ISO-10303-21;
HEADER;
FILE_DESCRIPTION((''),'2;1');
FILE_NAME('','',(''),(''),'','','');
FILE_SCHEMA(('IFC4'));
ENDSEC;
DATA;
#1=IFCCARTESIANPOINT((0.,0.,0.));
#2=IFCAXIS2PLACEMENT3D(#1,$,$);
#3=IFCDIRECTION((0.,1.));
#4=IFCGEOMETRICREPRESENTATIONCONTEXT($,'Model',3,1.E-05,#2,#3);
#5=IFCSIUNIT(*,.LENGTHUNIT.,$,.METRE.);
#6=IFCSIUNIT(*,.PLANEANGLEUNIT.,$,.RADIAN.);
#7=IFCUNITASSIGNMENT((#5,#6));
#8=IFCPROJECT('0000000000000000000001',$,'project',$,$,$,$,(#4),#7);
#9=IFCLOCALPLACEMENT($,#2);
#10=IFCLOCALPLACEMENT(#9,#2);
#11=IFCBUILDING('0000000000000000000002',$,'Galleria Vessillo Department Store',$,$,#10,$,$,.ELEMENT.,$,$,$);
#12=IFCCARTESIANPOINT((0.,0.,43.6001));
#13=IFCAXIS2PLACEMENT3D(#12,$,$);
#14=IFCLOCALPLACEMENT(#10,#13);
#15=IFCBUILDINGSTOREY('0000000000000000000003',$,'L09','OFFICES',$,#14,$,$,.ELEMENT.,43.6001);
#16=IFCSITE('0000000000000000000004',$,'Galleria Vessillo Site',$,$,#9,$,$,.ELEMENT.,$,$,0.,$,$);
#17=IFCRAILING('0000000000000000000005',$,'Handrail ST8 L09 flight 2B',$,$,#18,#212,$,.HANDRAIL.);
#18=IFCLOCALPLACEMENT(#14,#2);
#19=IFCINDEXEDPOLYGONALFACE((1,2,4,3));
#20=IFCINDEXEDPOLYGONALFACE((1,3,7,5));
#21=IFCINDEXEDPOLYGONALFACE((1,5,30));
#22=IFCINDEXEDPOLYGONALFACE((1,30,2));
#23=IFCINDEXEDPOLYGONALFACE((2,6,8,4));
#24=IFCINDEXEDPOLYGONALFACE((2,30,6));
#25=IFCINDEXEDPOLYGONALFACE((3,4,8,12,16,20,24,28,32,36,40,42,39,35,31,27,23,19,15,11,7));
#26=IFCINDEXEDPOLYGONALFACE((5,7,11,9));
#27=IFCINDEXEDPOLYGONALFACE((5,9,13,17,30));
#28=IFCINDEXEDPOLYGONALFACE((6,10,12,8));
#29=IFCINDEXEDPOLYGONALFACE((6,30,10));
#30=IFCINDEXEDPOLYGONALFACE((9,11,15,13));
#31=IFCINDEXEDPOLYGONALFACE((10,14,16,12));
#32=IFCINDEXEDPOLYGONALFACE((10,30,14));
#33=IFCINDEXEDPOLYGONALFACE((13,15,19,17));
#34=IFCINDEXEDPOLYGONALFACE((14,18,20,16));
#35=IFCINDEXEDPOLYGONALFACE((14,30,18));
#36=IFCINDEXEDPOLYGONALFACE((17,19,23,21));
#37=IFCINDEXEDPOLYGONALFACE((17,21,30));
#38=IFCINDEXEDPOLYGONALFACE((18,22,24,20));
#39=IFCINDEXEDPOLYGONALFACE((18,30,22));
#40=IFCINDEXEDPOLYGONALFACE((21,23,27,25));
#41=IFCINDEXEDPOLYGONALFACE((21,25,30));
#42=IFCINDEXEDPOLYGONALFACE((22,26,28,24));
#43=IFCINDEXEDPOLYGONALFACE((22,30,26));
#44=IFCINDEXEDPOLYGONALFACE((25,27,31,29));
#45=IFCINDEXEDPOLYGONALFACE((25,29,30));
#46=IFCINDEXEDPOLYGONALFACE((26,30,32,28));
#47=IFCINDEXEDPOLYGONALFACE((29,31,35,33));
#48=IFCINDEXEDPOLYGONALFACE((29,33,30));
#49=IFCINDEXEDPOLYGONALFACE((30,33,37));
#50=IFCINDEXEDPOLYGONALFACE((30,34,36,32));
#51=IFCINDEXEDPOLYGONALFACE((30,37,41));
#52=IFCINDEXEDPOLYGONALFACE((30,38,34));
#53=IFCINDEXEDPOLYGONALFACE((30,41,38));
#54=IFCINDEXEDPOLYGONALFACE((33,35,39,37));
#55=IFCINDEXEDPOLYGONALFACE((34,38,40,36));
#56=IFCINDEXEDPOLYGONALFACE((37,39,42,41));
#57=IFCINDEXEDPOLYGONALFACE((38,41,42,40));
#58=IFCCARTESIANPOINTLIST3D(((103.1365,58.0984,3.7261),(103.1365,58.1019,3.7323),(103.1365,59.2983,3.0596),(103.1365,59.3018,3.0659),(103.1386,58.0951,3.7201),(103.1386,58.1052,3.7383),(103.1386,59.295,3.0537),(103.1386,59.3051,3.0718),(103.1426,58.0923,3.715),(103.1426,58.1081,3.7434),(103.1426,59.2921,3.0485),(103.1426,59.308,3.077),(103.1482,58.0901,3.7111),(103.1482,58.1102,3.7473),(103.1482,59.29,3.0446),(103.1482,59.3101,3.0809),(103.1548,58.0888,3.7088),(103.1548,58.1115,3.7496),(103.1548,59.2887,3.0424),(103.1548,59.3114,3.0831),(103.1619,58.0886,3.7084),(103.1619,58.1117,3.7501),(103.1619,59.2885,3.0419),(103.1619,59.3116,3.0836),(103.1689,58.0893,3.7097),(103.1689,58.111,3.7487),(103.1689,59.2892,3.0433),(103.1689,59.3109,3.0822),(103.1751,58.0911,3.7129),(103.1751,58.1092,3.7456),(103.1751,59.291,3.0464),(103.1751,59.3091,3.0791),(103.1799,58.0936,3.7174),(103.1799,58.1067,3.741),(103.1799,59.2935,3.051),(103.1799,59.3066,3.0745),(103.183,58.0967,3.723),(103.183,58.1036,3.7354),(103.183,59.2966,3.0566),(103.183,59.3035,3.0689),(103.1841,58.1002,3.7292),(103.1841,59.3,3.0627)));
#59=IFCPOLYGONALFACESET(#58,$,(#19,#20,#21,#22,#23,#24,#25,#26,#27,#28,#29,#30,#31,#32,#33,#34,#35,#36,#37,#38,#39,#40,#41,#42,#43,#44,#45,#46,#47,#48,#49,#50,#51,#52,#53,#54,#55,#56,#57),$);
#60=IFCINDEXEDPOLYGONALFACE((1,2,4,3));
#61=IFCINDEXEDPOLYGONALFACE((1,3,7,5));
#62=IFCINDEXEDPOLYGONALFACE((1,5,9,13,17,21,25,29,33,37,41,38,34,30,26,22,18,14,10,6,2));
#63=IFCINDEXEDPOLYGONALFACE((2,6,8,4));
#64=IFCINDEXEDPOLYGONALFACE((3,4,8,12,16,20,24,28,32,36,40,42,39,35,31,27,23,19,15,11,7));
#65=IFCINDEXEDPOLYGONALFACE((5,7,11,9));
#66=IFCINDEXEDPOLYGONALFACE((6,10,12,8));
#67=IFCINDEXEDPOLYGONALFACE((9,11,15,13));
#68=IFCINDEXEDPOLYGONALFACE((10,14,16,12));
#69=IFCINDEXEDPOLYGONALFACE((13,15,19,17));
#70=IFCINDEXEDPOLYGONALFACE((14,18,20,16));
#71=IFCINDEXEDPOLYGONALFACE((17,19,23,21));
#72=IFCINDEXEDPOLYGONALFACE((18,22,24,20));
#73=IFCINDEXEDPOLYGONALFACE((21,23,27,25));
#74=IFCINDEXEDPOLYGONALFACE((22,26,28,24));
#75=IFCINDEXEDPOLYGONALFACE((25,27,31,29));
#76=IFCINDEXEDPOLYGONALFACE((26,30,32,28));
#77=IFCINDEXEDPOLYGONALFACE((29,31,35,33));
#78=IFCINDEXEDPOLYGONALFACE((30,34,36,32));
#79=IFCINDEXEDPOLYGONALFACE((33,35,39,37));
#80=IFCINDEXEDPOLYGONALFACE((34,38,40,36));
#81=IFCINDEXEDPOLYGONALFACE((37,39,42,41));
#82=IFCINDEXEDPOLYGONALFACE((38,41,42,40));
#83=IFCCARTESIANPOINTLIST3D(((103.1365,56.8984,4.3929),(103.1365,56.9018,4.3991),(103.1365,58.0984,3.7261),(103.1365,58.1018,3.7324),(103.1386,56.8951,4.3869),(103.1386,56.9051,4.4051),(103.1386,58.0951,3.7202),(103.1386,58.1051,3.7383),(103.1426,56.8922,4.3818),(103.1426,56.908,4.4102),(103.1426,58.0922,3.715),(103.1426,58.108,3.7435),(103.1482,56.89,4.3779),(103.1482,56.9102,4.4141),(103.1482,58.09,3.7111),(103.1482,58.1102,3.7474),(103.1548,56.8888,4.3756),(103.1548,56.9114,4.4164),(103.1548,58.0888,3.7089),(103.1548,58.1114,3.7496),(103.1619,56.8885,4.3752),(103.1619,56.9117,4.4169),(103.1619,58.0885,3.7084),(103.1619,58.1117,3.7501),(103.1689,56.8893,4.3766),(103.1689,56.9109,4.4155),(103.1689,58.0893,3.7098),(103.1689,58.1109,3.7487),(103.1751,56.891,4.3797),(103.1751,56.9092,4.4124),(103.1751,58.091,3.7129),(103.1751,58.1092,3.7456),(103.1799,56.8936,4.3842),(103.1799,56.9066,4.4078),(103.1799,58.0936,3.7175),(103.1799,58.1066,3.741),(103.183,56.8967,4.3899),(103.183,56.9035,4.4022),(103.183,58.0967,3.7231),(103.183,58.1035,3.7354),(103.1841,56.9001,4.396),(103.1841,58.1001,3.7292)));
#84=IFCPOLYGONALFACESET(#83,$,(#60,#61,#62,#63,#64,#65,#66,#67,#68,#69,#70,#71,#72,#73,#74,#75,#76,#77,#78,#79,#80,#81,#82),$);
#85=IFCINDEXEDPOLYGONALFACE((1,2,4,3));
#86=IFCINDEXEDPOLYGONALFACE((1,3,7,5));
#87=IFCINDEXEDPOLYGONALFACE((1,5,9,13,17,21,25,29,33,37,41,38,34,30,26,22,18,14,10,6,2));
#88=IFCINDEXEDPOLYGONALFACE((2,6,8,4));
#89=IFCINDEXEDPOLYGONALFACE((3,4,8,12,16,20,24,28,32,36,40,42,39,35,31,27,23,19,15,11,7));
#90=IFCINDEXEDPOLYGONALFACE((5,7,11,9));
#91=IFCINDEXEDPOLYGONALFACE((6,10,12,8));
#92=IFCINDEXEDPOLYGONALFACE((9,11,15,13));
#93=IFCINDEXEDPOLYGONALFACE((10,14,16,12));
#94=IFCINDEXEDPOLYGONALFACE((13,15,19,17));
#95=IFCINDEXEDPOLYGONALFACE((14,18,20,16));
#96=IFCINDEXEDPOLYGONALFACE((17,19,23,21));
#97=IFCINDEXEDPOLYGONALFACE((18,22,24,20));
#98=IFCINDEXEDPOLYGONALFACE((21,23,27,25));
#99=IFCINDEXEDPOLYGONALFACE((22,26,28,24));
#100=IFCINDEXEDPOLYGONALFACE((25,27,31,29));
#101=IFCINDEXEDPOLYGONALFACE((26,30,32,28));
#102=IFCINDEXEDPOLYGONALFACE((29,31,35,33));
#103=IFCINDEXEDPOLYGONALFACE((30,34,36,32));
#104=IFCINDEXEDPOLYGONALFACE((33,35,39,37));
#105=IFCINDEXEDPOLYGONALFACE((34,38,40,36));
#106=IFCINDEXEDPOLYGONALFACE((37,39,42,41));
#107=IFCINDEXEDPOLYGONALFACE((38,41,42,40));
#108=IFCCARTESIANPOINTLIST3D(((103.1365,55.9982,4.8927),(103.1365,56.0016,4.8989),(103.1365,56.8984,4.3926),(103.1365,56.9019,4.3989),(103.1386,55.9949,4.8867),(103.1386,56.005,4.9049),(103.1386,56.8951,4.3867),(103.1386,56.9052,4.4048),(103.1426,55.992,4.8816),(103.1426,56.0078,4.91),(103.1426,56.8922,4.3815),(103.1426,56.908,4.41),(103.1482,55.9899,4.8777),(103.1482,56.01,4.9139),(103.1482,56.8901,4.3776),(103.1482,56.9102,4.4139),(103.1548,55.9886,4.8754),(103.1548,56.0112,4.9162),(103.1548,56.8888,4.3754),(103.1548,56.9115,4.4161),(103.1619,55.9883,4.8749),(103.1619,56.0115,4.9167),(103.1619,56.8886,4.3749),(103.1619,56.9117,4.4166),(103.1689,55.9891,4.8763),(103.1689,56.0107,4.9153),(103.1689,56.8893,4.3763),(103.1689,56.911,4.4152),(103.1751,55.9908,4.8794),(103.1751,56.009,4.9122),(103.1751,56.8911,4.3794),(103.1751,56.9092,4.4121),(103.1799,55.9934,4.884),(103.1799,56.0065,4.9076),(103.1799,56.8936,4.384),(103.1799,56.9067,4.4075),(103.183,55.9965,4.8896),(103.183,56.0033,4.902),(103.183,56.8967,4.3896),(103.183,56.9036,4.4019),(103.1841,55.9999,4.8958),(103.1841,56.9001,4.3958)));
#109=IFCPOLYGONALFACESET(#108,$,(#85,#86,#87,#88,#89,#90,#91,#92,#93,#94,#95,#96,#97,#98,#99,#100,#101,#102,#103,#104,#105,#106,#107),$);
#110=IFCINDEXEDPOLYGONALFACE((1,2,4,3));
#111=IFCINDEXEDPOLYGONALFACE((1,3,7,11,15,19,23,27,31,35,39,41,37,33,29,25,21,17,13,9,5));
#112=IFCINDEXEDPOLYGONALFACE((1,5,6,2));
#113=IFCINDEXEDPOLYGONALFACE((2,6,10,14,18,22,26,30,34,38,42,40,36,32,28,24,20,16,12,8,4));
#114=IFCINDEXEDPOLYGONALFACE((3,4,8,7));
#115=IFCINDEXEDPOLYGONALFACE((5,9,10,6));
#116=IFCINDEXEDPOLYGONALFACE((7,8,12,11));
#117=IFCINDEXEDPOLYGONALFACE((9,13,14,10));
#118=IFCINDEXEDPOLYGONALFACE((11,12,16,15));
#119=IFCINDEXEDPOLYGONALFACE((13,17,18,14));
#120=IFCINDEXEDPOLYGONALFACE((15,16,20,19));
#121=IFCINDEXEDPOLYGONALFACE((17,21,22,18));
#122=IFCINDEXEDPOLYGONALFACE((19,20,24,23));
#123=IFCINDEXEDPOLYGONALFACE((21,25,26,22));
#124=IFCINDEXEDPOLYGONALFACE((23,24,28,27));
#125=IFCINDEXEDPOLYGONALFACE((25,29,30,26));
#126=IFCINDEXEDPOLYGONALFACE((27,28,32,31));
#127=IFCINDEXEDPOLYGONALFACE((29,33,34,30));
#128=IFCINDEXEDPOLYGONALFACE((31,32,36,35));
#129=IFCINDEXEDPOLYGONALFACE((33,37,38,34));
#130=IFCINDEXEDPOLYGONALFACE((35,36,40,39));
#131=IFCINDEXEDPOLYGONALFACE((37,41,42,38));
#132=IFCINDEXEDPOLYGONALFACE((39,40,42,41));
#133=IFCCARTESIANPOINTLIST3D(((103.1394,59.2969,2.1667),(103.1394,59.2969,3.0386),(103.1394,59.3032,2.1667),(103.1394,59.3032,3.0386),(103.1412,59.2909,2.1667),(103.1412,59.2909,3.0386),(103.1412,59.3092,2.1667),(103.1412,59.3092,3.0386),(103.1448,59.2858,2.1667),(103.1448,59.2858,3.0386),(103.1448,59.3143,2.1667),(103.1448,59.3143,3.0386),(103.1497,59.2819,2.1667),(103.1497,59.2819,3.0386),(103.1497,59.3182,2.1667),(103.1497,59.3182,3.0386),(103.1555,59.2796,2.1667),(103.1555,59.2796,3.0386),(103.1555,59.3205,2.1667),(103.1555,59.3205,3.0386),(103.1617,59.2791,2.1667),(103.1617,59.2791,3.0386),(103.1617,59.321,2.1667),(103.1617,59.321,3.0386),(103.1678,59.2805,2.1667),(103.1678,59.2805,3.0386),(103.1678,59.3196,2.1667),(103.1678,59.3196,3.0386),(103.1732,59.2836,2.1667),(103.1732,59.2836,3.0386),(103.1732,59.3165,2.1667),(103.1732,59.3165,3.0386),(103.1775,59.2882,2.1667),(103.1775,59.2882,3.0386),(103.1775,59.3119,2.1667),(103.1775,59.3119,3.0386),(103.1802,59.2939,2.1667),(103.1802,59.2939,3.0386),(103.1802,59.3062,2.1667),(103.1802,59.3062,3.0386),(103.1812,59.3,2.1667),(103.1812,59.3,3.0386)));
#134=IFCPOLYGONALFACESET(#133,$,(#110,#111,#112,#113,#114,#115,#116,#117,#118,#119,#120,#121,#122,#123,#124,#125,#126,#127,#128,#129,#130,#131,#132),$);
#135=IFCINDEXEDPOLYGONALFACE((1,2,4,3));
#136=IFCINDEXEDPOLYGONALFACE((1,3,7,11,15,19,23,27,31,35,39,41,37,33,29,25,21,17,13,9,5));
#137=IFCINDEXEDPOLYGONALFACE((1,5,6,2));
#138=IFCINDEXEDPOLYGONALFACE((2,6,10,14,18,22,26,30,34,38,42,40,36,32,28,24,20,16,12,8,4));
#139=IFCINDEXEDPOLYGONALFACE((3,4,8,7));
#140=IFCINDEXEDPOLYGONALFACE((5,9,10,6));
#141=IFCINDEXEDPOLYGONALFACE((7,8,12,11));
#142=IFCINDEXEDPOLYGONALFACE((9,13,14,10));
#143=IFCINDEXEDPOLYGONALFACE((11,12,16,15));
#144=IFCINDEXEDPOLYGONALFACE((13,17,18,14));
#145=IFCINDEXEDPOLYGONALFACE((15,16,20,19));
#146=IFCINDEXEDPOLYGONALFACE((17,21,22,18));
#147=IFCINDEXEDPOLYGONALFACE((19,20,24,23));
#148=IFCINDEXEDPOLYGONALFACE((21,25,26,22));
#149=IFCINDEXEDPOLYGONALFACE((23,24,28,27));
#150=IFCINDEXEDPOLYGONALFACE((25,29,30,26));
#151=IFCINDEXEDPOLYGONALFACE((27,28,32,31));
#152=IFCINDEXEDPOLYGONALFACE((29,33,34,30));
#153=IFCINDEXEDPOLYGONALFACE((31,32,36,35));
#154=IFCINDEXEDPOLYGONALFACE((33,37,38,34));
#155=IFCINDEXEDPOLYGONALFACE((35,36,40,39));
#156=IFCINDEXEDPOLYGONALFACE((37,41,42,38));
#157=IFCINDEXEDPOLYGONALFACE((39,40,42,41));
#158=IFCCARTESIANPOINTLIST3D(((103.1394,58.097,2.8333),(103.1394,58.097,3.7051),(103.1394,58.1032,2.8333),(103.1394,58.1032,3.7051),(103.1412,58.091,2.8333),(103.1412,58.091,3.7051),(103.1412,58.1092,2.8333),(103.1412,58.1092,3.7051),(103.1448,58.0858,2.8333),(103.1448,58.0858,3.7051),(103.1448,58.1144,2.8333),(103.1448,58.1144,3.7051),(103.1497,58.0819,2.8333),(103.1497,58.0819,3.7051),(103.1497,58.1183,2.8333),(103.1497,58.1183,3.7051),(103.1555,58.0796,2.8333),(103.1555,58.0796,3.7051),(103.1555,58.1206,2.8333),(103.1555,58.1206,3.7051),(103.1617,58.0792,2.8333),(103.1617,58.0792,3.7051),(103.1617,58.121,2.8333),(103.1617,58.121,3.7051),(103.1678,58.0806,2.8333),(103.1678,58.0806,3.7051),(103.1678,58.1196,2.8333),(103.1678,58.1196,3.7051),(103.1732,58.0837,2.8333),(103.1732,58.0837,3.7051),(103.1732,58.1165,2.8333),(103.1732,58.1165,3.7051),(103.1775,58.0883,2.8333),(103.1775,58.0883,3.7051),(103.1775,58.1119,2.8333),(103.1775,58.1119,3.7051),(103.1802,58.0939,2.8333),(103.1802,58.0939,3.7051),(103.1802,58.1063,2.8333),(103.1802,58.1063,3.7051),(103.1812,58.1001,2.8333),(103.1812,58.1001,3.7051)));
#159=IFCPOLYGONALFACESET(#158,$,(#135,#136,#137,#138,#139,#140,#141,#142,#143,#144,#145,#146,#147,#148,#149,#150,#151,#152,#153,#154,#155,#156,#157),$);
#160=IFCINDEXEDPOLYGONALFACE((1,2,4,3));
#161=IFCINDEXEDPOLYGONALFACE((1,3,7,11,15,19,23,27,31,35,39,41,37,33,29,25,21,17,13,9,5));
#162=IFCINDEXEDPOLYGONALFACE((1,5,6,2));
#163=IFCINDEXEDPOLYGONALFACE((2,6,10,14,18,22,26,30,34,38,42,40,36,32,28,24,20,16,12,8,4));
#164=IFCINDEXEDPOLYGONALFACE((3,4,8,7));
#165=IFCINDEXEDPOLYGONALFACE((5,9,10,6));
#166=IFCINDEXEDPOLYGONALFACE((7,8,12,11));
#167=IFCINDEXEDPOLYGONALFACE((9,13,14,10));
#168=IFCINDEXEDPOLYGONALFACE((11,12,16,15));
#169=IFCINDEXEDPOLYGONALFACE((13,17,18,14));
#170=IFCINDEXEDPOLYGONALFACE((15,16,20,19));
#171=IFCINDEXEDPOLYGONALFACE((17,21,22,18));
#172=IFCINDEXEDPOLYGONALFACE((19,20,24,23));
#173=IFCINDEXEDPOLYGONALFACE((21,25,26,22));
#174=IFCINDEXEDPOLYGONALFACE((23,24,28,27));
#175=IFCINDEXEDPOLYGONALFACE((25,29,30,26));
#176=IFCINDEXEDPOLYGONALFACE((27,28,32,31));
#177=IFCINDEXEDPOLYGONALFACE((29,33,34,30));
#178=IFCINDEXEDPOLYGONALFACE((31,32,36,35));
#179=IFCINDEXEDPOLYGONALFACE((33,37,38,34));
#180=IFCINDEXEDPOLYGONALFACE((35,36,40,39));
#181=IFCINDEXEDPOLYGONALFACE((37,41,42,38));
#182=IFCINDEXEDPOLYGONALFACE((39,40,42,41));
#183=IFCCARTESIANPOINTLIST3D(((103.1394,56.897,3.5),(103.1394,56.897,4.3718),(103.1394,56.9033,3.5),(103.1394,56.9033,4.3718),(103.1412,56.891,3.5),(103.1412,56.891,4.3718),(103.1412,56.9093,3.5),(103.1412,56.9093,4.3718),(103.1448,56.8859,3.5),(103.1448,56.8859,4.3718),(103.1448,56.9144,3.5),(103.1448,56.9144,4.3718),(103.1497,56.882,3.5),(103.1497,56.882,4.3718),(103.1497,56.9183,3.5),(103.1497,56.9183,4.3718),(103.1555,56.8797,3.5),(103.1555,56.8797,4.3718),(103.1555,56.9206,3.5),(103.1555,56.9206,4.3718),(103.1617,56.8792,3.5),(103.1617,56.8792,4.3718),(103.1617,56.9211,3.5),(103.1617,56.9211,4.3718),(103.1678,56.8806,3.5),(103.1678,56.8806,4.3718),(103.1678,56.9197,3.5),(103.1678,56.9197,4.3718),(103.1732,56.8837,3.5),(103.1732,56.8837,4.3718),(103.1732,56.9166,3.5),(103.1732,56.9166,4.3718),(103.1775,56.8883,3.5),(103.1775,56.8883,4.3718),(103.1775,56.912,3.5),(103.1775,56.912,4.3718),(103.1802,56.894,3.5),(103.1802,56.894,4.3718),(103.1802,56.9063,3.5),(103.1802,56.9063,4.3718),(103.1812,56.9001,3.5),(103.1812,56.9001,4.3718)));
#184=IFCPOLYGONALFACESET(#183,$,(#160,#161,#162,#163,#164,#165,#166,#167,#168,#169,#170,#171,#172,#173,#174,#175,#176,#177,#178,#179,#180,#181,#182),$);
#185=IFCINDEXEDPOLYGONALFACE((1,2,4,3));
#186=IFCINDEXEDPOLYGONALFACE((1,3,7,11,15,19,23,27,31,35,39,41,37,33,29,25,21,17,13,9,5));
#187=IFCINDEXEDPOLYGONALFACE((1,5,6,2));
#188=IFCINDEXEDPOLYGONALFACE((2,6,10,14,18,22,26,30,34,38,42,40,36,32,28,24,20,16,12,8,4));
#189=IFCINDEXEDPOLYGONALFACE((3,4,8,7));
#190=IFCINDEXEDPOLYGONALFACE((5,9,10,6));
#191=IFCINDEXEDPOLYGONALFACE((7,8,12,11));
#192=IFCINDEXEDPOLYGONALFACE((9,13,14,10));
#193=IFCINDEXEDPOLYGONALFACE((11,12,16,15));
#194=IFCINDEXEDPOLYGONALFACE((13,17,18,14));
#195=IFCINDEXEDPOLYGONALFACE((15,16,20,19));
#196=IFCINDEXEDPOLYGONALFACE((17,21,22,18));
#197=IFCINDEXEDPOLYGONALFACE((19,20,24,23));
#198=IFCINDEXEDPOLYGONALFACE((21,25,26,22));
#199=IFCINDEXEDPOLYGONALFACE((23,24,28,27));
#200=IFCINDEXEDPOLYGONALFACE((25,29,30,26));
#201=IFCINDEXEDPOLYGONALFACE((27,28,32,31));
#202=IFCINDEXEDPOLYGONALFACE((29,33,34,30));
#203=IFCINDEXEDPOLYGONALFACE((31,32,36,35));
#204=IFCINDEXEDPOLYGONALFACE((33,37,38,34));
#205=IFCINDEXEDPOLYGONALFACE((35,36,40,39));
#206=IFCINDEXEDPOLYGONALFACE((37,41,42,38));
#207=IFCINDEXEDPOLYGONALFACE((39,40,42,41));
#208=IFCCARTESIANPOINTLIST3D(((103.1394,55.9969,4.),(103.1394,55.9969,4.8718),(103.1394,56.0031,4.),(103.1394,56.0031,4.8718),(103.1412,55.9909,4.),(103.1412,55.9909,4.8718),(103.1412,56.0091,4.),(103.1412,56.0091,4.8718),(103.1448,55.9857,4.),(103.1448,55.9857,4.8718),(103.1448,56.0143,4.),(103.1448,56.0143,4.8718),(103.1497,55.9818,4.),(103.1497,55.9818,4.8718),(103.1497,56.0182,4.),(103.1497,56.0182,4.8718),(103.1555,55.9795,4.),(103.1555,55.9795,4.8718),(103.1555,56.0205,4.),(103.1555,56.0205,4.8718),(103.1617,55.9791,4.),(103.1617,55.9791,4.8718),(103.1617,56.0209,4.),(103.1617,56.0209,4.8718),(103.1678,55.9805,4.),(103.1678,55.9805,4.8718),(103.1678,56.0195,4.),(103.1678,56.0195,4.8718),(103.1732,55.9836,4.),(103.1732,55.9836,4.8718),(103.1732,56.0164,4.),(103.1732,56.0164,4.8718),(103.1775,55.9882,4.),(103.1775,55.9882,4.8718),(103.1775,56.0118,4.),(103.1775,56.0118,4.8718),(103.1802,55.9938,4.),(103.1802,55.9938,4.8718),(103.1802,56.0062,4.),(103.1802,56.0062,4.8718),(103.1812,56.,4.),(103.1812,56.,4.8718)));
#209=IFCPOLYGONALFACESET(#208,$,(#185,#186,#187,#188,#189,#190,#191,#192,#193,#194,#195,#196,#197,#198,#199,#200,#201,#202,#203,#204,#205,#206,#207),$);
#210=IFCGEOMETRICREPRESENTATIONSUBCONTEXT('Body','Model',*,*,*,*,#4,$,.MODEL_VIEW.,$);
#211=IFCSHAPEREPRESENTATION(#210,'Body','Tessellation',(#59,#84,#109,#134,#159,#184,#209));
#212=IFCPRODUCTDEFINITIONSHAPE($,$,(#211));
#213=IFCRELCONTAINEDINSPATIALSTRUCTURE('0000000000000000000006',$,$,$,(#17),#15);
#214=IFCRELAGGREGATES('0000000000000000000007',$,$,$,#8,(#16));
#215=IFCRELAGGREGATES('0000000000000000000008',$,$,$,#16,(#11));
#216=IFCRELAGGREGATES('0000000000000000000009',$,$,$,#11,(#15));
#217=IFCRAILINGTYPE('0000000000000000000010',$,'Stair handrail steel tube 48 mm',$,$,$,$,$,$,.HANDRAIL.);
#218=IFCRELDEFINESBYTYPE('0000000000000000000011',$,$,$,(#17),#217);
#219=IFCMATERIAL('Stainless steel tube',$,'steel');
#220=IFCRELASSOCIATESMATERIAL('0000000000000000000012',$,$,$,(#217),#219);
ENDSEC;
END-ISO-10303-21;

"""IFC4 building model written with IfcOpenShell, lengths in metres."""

from ifc_helpers import new_model, si_unit, direction, frame, origin, origin_2d, place, context, subcontext, project, spatial, circle, extrude, material, type_object, element, save


model = new_model("IFC4")

# Units and contexts
model_context = context("Model", 3, precision=1e-05, world=origin(), true_north=direction((0.0, 1.0)))
body_context = subcontext(model_context, "Body", "Model", "MODEL_VIEW")
ifc_project = project(units=[si_unit("LENGTHUNIT", "METRE"), si_unit("PLANEANGLEUNIT", "RADIAN")], contexts=[model_context])

# Site, building, storey
site_placement = place(None, origin())
site = spatial("IfcSite", under=ifc_project, at=site_placement, Name="Galleria Vessillo Site", CompositionType="ELEMENT", RefElevation=0.0)
building_placement = place(site_placement, origin())
building = spatial("IfcBuilding", under=site, at=building_placement, Name="Galleria Vessillo Department Store", CompositionType="ELEMENT")
storey_placement = place(building_placement, frame((0.0, 0.0, 43.6001)))
storey = spatial("IfcBuildingStorey", under=building, at=storey_placement, Name="L09", Description="OFFICES", CompositionType="ELEMENT", Elevation=43.6001)

# Railing
ifc_material_1 = material(Name="Stainless steel tube", Category="steel")
railing_type = type_object("IfcRailingType", Name="Stair handrail steel tube 48 mm", PredefinedType="HANDRAIL", material=ifc_material_1)
for number, where, name in (
    (1, (103.1602, 59.3, 2.1667), "Handrail ST8 L09 flight 2B"),
):
    element("IfcRailing", number, at=place(storey_placement, frame(where)), inside=storey, type_object=railing_type, Name=name, PredefinedType="HANDRAIL", context=body_context, shape_type="SweptSolid", body=[
        extrude(circle(Radius=0.0239, at=origin_2d()), frame((0.0, 0.0, 0.896), z_axis=(0.0, -0.874199, 0.485567), x_axis=(1.0, 0.0, 0.0)), (0.0, 0.0, 1.0), 1.3726),
        extrude(circle(Radius=0.0239, at=origin_2d()), frame((0.0, -1.2, 1.5625), z_axis=(0.0, -0.874124, 0.485703), x_axis=(1.0, 0.0, 0.0)), (0.0, 0.0, 1.0), 1.3728),
        extrude(circle(Radius=0.0239, at=origin_2d()), frame((0.0, -2.3999, 2.229), z_axis=(0.0, -0.874191, 0.485583), x_axis=(1.0, 0.0, 0.0)), (0.0, 0.0, 1.0), 1.0298),
        extrude(circle(Radius=0.021, at=origin_2d()), origin(), (0.0, 0.0, 1.0), 0.8718),
        extrude(circle(Radius=0.021, at=origin_2d()), frame((0.0, -1.2, 0.6665)), (0.0, 0.0, 1.0), 0.8718),
        extrude(circle(Radius=0.021, at=origin_2d()), frame((0.0, -2.3999, 1.3333)), (0.0, 0.0, 1.0), 0.8718),
        extrude(circle(Radius=0.021, at=origin_2d()), frame((0.0, -3.3, 1.8333)), (0.0, 0.0, 1.0), 0.8718),
    ])

save(model, "model.ifc")
